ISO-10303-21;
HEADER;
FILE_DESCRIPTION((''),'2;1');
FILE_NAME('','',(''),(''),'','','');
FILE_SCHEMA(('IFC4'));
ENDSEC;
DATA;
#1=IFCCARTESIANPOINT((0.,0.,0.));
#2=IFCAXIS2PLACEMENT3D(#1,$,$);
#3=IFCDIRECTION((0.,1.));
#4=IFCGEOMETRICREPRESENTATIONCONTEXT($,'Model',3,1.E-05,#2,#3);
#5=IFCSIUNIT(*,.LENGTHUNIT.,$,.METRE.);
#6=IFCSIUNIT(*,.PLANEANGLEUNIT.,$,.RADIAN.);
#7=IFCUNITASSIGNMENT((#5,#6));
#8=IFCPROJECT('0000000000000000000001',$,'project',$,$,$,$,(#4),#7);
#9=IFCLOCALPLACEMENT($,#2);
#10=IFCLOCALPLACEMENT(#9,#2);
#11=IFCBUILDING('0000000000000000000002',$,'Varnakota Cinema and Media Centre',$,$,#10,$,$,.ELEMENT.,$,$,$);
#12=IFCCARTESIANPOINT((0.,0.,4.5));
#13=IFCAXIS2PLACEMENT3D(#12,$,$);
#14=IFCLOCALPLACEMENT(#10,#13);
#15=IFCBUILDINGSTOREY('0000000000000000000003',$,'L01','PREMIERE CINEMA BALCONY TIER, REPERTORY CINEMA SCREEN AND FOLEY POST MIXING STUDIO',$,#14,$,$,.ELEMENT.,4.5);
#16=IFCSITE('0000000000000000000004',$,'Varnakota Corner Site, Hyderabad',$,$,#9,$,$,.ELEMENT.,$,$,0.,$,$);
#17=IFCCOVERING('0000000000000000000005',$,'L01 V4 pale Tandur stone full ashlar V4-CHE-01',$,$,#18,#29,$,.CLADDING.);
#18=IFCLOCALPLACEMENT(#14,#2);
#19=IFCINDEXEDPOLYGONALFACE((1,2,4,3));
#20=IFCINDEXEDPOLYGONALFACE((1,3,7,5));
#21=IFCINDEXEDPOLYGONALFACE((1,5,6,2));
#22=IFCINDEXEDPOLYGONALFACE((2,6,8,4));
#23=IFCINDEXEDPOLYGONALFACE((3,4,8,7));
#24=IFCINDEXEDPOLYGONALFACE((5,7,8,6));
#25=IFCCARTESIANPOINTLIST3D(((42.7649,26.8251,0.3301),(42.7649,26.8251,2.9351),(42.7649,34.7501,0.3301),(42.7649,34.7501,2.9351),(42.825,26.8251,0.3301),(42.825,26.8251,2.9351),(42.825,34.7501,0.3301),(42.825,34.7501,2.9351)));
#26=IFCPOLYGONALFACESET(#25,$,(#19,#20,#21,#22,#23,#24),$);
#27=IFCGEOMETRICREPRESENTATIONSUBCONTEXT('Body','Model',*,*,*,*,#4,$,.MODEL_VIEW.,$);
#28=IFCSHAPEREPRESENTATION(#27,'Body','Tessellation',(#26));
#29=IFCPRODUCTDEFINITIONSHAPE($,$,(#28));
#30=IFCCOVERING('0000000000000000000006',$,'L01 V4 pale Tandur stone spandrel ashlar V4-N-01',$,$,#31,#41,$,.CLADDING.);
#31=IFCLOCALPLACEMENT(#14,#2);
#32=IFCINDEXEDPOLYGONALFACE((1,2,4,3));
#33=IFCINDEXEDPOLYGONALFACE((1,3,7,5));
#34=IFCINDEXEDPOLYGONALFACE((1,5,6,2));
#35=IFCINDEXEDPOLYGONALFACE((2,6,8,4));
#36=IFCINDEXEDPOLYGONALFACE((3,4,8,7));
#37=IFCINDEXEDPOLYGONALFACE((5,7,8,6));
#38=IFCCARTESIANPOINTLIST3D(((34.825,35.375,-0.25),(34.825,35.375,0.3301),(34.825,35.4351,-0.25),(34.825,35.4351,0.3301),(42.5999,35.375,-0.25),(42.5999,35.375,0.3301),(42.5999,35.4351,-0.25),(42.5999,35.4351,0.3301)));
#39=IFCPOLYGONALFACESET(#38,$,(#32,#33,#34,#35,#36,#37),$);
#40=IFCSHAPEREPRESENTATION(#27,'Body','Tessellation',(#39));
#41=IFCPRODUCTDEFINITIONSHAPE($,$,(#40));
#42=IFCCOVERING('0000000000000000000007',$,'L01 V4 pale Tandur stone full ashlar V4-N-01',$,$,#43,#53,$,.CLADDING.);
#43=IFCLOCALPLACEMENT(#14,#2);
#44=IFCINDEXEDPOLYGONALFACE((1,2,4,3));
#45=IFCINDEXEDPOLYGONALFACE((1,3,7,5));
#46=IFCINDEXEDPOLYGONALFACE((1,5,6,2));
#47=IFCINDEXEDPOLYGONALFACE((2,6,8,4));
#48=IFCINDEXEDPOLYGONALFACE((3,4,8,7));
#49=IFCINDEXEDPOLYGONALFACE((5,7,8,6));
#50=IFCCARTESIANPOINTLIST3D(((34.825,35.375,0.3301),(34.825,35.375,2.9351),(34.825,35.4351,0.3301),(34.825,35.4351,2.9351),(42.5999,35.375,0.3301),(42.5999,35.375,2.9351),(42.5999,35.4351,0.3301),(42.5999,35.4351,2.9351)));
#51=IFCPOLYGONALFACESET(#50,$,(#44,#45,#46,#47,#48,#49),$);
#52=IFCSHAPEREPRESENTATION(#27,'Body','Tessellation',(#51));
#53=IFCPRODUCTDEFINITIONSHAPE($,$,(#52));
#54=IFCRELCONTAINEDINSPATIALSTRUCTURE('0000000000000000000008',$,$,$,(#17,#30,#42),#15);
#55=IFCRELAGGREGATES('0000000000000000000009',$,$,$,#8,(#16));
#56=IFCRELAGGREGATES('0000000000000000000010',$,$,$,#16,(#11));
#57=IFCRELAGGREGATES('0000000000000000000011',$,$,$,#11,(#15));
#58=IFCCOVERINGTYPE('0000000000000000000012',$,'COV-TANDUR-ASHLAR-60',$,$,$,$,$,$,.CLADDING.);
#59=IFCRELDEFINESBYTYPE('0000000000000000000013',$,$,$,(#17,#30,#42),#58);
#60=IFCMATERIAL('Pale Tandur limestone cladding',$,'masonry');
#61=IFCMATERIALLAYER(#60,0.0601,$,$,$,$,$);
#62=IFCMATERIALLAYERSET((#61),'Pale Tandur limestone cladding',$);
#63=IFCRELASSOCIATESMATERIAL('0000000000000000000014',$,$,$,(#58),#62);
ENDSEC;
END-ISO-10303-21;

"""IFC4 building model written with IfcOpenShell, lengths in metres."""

from ifc_helpers import new_model, si_unit, direction, frame, origin, origin_2d, place, context, subcontext, project, spatial, rectangle, extrude, material, layer, layer_set, type_object, element, save


model = new_model("IFC4")

# Units and contexts
model_context = context("Model", 3, precision=1e-05, world=origin(), true_north=direction((0.0, 1.0)))
body_context = subcontext(model_context, "Body", "Model", "MODEL_VIEW")
ifc_project = project(units=[si_unit("LENGTHUNIT", "METRE"), si_unit("PLANEANGLEUNIT", "RADIAN")], contexts=[model_context])

# Site, building, storey
site_placement = place(None, origin())
site = spatial("IfcSite", under=ifc_project, at=site_placement, Name="Varnakota Corner Site, Hyderabad", CompositionType="ELEMENT", RefElevation=0.0)
building_placement = place(site_placement, origin())
building = spatial("IfcBuilding", under=site, at=building_placement, Name="Varnakota Cinema and Media Centre", CompositionType="ELEMENT")
storey_placement = place(building_placement, frame((0.0, 0.0, 4.5)))
storey = spatial("IfcBuildingStorey", under=building, at=storey_placement, Name="L01", Description="PREMIERE CINEMA BALCONY TIER, REPERTORY CINEMA SCREEN AND FOLEY POST MIXING STUDIO", CompositionType="ELEMENT", Elevation=4.5)

# Coverings
ifc_material_1 = material(Name="Pale Tandur limestone cladding", Category="masonry")
ifc_layer_1 = layer(ifc_material_1, 0.0601)
ifc_layer_set_1 = layer_set([ifc_layer_1], Name="Pale Tandur limestone cladding")
covering_type = type_object("IfcCoveringType", Name="COV-TANDUR-ASHLAR-60", PredefinedType="CLADDING", material=ifc_layer_set_1)
covering_1_placement = place(storey_placement, frame((42.7949, 30.7876, 0.3301), z_axis=(0.0, 0.0, 1.0), x_axis=(0.0, 1.0, 0.0)))
element("IfcCovering", 1, at=covering_1_placement, inside=storey, type_object=covering_type, Name="L01 V4 pale Tandur stone full ashlar V4-CHE-01", PredefinedType="CLADDING", context=body_context, shape_type="SweptSolid", body=[
    extrude(rectangle(XDim=7.925, YDim=0.0601, at=origin_2d()), origin(), (0.0, 0.0, 1.0), 2.605),
])
covering_2_placement = place(storey_placement, frame((38.7124, 35.405, -0.25), z_axis=(0.0, 0.0, 1.0), x_axis=(1.0, 0.0, 0.0)))
element("IfcCovering", 2, at=covering_2_placement, inside=storey, type_object=covering_type, Name="L01 V4 pale Tandur stone spandrel ashlar V4-N-01", PredefinedType="CLADDING", context=body_context, shape_type="SweptSolid", body=[
    extrude(rectangle(XDim=7.7749, YDim=0.0601, at=origin_2d()), origin(), (0.0, 0.0, 1.0), 0.5801),
])
covering_3_placement = place(storey_placement, frame((38.7124, 35.405, 0.3301), z_axis=(0.0, 0.0, 1.0), x_axis=(1.0, 0.0, 0.0)))
element("IfcCovering", 3, at=covering_3_placement, inside=storey, type_object=covering_type, Name="L01 V4 pale Tandur stone full ashlar V4-N-01", PredefinedType="CLADDING", context=body_context, shape_type="SweptSolid", body=[
    extrude(rectangle(XDim=7.7749, YDim=0.0601, at=origin_2d()), origin(), (0.0, 0.0, 1.0), 2.605),
])

save(model, "model.ifc")
